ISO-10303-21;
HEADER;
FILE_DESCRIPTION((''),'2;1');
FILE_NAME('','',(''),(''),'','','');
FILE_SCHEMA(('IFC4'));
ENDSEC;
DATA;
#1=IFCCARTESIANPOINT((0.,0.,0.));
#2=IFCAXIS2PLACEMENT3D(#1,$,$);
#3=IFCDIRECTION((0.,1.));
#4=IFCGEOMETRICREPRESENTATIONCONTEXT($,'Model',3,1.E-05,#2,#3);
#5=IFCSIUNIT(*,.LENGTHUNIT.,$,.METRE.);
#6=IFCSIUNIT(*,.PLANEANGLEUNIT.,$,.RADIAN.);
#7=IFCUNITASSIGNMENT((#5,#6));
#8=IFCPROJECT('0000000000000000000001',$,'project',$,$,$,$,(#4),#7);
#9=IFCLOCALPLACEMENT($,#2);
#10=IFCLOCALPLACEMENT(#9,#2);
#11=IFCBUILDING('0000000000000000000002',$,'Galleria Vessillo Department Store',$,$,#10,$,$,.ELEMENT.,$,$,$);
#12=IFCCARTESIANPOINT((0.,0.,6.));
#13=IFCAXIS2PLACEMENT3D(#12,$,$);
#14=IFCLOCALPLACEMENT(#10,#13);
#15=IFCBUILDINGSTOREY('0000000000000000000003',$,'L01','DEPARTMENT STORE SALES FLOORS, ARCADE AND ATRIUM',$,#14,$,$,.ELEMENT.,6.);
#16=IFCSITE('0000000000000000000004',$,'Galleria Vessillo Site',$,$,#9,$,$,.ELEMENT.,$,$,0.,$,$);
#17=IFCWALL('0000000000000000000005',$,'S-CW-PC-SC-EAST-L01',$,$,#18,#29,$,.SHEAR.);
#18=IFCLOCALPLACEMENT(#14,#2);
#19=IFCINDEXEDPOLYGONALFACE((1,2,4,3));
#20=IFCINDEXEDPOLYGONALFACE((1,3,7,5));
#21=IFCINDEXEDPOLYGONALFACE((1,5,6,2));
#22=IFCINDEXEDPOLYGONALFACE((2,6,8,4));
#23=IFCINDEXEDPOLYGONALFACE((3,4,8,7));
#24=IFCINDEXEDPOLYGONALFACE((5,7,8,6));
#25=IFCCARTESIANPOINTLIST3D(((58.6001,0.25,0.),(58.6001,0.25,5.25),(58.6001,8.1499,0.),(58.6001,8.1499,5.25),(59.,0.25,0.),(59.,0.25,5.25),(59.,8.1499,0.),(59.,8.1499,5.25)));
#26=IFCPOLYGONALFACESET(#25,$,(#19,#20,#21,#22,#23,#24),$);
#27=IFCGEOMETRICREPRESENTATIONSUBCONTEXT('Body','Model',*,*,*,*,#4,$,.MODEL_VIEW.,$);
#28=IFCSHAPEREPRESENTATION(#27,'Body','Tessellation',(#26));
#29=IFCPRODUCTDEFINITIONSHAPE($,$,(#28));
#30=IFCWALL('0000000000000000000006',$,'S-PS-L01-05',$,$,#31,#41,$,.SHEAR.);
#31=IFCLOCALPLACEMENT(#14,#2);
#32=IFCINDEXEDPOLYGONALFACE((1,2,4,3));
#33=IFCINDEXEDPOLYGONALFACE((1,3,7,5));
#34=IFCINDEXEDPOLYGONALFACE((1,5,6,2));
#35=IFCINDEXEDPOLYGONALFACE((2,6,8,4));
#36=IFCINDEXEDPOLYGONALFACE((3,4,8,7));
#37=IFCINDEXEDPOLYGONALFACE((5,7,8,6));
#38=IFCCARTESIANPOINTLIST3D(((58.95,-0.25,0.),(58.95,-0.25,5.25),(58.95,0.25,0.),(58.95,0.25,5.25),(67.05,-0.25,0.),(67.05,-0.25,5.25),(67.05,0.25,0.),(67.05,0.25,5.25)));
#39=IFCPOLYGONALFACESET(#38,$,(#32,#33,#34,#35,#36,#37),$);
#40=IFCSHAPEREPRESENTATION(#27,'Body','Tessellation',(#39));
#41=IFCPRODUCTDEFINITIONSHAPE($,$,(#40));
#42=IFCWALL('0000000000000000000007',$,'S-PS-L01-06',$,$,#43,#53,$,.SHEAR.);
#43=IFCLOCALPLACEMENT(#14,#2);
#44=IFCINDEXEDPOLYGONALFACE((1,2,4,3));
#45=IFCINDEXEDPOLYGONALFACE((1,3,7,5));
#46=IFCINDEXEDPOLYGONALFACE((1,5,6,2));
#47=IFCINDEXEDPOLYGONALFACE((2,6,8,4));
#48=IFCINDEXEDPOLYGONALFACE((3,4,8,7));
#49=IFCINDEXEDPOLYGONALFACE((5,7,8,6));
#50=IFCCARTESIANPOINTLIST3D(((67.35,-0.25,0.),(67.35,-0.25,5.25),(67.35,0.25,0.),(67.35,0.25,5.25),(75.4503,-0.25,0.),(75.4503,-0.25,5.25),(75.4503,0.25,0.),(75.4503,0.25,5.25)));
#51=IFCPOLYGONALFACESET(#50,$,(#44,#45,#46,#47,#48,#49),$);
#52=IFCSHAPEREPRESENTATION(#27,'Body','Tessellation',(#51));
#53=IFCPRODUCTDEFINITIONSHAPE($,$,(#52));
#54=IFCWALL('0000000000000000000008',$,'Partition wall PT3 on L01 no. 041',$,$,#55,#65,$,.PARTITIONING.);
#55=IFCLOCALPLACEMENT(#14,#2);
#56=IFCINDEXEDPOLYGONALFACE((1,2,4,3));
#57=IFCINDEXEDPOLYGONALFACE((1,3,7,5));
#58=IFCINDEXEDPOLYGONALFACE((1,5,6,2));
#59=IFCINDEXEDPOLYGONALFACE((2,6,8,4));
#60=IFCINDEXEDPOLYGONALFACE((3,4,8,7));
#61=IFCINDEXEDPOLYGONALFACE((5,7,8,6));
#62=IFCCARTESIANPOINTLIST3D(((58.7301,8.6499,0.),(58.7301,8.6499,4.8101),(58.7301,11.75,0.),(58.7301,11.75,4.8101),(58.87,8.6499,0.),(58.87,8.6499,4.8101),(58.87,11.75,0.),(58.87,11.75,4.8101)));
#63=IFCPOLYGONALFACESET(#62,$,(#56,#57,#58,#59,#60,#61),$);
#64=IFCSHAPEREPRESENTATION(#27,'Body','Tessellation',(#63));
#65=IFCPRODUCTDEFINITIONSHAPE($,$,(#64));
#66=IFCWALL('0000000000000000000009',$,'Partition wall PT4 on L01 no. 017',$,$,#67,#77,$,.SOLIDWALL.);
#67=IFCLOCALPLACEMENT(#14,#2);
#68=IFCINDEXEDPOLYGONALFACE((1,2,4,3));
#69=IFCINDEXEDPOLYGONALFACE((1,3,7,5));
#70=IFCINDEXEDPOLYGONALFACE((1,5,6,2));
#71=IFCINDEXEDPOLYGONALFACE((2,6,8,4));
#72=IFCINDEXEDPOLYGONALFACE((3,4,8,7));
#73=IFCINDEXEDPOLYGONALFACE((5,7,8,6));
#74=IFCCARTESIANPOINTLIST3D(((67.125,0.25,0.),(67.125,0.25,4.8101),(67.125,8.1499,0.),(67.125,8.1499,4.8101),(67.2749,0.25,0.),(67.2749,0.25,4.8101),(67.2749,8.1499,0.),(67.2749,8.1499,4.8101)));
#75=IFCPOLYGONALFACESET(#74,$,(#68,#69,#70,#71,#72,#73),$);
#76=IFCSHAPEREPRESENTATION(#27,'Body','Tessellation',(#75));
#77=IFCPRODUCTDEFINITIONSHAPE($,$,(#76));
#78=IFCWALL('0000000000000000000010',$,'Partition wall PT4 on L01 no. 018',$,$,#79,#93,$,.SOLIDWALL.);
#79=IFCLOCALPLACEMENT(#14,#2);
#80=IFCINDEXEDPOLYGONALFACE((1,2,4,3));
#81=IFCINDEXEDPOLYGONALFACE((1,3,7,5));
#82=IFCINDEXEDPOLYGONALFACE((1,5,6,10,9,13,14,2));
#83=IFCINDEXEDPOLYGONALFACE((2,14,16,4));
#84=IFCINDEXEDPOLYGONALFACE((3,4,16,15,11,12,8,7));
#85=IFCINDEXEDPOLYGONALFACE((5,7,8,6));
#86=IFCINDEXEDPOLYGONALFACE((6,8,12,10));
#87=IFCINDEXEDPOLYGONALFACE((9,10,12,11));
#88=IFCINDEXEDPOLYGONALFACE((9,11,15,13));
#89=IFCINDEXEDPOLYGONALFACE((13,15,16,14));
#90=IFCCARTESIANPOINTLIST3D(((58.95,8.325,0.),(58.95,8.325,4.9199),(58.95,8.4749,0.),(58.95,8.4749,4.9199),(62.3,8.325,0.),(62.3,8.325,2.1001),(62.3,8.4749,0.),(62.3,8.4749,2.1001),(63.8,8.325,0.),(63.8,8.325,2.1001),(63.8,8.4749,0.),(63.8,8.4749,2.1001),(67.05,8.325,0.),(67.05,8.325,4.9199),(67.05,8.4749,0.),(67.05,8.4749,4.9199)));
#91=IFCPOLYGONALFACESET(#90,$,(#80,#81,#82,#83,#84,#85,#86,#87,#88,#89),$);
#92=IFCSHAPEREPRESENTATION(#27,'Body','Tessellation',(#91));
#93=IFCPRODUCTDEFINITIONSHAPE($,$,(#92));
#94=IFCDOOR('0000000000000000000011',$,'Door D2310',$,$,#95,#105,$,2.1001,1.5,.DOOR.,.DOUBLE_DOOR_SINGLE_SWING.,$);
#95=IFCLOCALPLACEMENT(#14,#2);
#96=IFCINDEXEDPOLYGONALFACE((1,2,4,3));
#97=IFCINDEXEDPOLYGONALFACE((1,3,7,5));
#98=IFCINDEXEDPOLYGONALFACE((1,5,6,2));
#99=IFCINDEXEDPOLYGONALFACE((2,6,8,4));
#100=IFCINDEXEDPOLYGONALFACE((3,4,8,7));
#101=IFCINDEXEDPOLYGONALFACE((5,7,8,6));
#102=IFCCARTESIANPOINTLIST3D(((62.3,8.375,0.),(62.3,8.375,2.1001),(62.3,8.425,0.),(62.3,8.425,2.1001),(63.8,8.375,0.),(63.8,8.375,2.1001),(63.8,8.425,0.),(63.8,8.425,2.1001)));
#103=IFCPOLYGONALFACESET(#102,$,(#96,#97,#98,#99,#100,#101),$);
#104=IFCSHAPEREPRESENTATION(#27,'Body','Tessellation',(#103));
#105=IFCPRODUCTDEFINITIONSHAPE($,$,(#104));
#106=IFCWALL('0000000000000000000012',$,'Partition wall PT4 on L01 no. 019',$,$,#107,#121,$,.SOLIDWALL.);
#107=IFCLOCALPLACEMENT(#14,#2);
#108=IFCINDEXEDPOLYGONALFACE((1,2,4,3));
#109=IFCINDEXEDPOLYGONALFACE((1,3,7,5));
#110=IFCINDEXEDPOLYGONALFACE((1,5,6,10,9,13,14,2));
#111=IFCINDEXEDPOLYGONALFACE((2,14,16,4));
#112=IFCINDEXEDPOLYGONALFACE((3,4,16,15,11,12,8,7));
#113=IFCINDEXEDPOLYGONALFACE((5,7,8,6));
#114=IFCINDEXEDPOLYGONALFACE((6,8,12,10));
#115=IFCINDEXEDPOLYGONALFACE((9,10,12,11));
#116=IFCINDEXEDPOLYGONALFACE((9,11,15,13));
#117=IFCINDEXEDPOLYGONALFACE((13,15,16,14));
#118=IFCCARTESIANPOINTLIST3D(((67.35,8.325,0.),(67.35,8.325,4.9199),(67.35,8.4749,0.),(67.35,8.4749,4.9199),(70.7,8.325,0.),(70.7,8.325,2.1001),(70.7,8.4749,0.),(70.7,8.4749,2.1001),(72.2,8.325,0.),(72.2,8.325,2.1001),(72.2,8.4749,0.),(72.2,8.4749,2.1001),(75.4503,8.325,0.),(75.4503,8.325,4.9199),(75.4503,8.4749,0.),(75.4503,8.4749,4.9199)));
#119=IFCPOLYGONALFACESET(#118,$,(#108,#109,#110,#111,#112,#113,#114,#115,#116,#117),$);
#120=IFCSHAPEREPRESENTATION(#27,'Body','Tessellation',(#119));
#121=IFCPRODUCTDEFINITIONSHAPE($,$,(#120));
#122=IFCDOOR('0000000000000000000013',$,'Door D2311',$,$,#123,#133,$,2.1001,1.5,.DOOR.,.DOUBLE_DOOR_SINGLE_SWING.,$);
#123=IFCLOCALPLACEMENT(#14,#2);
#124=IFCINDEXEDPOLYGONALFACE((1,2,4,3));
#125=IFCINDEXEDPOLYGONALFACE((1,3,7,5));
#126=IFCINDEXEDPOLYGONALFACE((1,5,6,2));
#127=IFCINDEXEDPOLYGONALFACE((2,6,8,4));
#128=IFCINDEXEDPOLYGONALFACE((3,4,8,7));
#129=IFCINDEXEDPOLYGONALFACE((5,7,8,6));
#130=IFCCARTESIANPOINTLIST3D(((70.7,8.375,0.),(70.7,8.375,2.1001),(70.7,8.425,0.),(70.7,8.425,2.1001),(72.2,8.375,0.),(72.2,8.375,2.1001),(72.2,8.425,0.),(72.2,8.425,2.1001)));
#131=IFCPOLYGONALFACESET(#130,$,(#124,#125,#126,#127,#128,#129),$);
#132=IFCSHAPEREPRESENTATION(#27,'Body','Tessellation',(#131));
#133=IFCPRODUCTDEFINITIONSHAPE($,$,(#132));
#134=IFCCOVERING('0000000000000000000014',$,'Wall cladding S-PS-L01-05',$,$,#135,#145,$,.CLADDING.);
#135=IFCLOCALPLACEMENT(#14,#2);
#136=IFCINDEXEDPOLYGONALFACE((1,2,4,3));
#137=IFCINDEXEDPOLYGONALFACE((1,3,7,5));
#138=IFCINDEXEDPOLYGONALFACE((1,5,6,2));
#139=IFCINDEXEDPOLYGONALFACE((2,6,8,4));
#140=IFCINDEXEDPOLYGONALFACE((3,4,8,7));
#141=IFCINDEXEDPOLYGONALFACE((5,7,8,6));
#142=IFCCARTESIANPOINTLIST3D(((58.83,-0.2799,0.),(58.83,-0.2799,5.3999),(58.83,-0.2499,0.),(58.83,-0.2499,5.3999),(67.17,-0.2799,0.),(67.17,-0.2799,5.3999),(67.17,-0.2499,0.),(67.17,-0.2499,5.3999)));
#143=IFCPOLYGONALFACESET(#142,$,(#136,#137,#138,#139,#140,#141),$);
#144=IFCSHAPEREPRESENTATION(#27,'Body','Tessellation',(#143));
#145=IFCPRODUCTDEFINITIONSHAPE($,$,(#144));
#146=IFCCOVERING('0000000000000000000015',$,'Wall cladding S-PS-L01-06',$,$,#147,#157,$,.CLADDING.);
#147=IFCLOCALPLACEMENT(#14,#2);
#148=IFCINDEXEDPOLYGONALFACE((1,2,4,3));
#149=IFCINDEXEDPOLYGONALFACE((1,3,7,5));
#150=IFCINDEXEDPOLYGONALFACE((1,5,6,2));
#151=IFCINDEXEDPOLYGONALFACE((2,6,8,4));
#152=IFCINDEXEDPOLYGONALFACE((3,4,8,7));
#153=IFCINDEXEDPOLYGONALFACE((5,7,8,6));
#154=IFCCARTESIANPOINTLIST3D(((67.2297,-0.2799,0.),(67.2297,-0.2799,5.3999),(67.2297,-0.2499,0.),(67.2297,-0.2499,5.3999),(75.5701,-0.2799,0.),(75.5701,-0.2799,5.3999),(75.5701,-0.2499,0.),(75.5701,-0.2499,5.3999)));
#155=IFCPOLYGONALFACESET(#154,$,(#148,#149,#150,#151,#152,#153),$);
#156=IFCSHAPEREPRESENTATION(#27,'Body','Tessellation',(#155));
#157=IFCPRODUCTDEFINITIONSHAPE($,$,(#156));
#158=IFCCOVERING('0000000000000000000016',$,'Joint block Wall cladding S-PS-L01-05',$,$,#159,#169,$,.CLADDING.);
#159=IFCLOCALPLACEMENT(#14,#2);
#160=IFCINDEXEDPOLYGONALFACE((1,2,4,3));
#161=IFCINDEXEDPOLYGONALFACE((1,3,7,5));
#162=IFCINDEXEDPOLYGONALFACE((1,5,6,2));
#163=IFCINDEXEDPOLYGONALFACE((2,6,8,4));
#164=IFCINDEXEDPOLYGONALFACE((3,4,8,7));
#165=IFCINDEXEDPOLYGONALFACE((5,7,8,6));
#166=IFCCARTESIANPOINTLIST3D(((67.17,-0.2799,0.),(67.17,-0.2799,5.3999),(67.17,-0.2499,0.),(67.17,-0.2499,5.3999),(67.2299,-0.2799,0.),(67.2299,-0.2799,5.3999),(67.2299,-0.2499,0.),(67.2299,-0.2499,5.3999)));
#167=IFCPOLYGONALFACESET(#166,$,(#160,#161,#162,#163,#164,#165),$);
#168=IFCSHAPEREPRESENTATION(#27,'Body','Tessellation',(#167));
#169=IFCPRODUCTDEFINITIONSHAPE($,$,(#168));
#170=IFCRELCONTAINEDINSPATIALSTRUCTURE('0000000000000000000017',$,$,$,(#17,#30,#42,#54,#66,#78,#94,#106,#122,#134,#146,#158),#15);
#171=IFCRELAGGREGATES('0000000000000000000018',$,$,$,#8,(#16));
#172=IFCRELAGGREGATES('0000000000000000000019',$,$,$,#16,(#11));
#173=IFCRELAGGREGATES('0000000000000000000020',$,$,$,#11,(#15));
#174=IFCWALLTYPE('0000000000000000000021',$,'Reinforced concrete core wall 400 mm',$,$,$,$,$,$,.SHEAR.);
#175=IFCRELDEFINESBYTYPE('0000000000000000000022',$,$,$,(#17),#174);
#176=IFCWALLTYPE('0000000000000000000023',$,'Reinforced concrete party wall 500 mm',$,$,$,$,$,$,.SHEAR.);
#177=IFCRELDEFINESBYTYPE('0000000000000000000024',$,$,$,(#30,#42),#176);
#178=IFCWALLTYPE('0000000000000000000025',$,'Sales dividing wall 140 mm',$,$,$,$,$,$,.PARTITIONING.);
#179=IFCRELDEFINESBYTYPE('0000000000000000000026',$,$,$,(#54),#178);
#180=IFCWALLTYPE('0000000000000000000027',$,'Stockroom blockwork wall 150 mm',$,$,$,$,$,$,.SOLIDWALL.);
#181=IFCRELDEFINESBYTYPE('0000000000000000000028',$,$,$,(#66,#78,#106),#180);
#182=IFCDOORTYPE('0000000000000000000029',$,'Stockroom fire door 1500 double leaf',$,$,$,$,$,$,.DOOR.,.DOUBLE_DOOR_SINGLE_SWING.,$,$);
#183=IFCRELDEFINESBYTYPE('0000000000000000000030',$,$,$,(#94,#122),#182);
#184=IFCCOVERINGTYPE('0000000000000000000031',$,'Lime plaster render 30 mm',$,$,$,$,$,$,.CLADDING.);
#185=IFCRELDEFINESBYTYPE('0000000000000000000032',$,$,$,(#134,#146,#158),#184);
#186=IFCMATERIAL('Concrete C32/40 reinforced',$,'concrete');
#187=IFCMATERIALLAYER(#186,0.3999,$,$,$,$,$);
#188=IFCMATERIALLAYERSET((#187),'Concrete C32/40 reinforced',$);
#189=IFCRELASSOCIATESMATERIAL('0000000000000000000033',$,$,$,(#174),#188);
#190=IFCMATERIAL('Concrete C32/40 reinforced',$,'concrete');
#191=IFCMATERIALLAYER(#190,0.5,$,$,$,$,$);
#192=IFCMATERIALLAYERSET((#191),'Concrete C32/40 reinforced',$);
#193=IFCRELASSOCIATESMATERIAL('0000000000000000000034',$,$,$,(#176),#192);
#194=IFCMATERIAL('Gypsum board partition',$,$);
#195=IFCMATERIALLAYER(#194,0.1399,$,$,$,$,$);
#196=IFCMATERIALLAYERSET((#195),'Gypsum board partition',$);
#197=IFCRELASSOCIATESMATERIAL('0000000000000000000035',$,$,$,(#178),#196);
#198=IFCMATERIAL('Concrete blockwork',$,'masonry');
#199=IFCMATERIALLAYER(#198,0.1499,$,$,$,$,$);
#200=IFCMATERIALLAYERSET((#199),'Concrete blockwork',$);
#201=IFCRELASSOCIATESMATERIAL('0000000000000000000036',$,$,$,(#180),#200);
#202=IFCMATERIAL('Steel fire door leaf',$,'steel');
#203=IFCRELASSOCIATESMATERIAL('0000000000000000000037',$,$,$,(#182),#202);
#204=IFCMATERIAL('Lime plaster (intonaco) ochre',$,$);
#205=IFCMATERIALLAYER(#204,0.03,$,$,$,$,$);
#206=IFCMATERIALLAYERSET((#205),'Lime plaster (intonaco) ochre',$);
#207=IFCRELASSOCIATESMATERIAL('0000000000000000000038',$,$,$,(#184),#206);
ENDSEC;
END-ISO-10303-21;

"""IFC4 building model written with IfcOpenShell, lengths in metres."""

from ifc_helpers import new_model, si_unit, direction, frame, frame_2d, origin, origin_2d, place, context, subcontext, project, spatial, rectangle, extrude, material, layer, layer_set, type_object, element, fill, save


model = new_model("IFC4")

# Units and contexts
model_context = context("Model", 3, precision=1e-05, world=origin(), true_north=direction((0.0, 1.0)))
body_context = subcontext(model_context, "Body", "Model", "MODEL_VIEW")
ifc_project = project(units=[si_unit("LENGTHUNIT", "METRE"), si_unit("PLANEANGLEUNIT", "RADIAN")], contexts=[model_context])

# Site, building, storey
site_placement = place(None, origin())
site = spatial("IfcSite", under=ifc_project, at=site_placement, Name="Galleria Vessillo Site", CompositionType="ELEMENT", RefElevation=0.0)
building_placement = place(site_placement, origin())
building = spatial("IfcBuilding", under=site, at=building_placement, Name="Galleria Vessillo Department Store", CompositionType="ELEMENT")
storey_placement = place(building_placement, frame((0.0, 0.0, 6.0)))
storey = spatial("IfcBuildingStorey", under=building, at=storey_placement, Name="L01", Description="DEPARTMENT STORE SALES FLOORS, ARCADE AND ATRIUM", CompositionType="ELEMENT", Elevation=6.0)

# Walls
ifc_material_1 = material(Name="Concrete C32/40 reinforced", Category="concrete")
ifc_layer_1 = layer(ifc_material_1, 0.3999)
ifc_layer_set_1 = layer_set([ifc_layer_1], Name="Concrete C32/40 reinforced")
wall_type_1 = type_object("IfcWallType", Name="Reinforced concrete core wall 400 mm", PredefinedType="SHEAR", material=ifc_layer_set_1)
wall_1_placement = place(storey_placement, frame((58.8, 0.25, 0.0), z_axis=(0.0, 0.0, 1.0), x_axis=(0.0, 1.0, 0.0)))
element("IfcWall", 1, at=wall_1_placement, inside=storey, type_object=wall_type_1, Name="S-CW-PC-SC-EAST-L01", PredefinedType="SHEAR", context=body_context, shape_type="SweptSolid", body=[
    extrude(rectangle(XDim=7.8999, YDim=0.3999, at=frame_2d((3.95, 0.0))), origin(), (0.0, 0.0, 1.0), 5.25),
])
ifc_material_2 = material(Name="Concrete C32/40 reinforced", Category="concrete")
ifc_layer_2 = layer(ifc_material_2, 0.5)
ifc_layer_set_2 = layer_set([ifc_layer_2], Name="Concrete C32/40 reinforced")
wall_type_2 = type_object("IfcWallType", Name="Reinforced concrete party wall 500 mm", PredefinedType="SHEAR", material=ifc_layer_set_2)
wall_2_placement = place(storey_placement, frame((58.95, 0.0, 0.0), z_axis=(0.0, 0.0, 1.0), x_axis=(1.0, 0.0, 0.0)))
element("IfcWall", 2, at=wall_2_placement, inside=storey, type_object=wall_type_2, Name="S-PS-L01-05", PredefinedType="SHEAR", context=body_context, shape_type="SweptSolid", body=[
    extrude(rectangle(XDim=8.1001, YDim=0.5, at=frame_2d((4.05, 0.0))), origin(), (0.0, 0.0, 1.0), 5.25),
])
wall_3_placement = place(storey_placement, frame((67.3499, 0.0, 0.0), z_axis=(0.0, 0.0, 1.0), x_axis=(1.0, 0.0, 0.0)))
element("IfcWall", 3, at=wall_3_placement, inside=storey, type_object=wall_type_2, Name="S-PS-L01-06", PredefinedType="SHEAR", context=body_context, shape_type="SweptSolid", body=[
    extrude(rectangle(XDim=8.1003, YDim=0.5, at=frame_2d((4.0503, 0.0))), origin(), (0.0, 0.0, 1.0), 5.25),
])
ifc_material_3 = material(Name="Gypsum board partition")
ifc_layer_3 = layer(ifc_material_3, 0.1399)
ifc_layer_set_3 = layer_set([ifc_layer_3], Name="Gypsum board partition")
wall_type_3 = type_object("IfcWallType", Name="Sales dividing wall 140 mm", PredefinedType="PARTITIONING", material=ifc_layer_set_3)
wall_4_placement = place(storey_placement, frame((58.8, 8.6499, 0.0), z_axis=(0.0, 0.0, 1.0), x_axis=(0.0, 1.0, 0.0)))
element("IfcWall", 4, at=wall_4_placement, inside=storey, type_object=wall_type_3, Name="Partition wall PT3 on L01 no. 041", PredefinedType="PARTITIONING", context=body_context, shape_type="SweptSolid", body=[
    extrude(rectangle(XDim=3.1001, YDim=0.1399, at=frame_2d((1.55, 0.0))), origin(), (0.0, 0.0, 1.0), 4.8101),
])
ifc_material_4 = material(Name="Concrete blockwork", Category="masonry")
ifc_layer_4 = layer(ifc_material_4, 0.1499)
ifc_layer_set_4 = layer_set([ifc_layer_4], Name="Concrete blockwork")
wall_type_4 = type_object("IfcWallType", Name="Stockroom blockwork wall 150 mm", PredefinedType="SOLIDWALL", material=ifc_layer_set_4)
wall_5_placement = place(storey_placement, frame((67.2, 0.25, 0.0), z_axis=(0.0, 0.0, 1.0), x_axis=(0.0, 1.0, 0.0)))
element("IfcWall", 5, at=wall_5_placement, inside=storey, type_object=wall_type_4, Name="Partition wall PT4 on L01 no. 017", PredefinedType="SOLIDWALL", context=body_context, shape_type="SweptSolid", body=[
    extrude(rectangle(XDim=7.8999, YDim=0.1499, at=frame_2d((3.95, 0.0))), origin(), (0.0, 0.0, 1.0), 4.8101),
])

# Walls, openings, doors
wall_6_placement = place(storey_placement, frame((58.95, 8.3999, 0.0), z_axis=(0.0, 0.0, 1.0), x_axis=(1.0, 0.0, 0.0)))
wall_6 = element("IfcWall", 6, at=wall_6_placement, inside=storey, type_object=wall_type_4, Name="Partition wall PT4 on L01 no. 018", PredefinedType="SOLIDWALL", context=body_context, shape_type="SweptSolid", body=[
    extrude(rectangle(XDim=8.1001, YDim=0.1499, at=frame_2d((4.05, 0.0))), origin(), (0.0, 0.0, 1.0), 4.9199),
])
opening_1_placement = place(wall_6_placement, frame((3.3501, 0.0, 0.0)))
opening_1 = element("IfcOpeningElement", 7, at=opening_1_placement, cuts=wall_6, PredefinedType="OPENING", context=body_context, shape_type="SweptSolid", body=[
    extrude(rectangle(XDim=1.5, YDim=2.1001, at=frame_2d((0.75, 1.05))), frame((0.0, 0.085, 0.0), z_axis=(0.0, -1.0, 0.0), x_axis=(1.0, 0.0, 0.0)), (0.0, 0.0, 1.0), 0.1699),
])
ifc_material_5 = material(Name="Steel fire door leaf", Category="steel")
door_type = type_object("IfcDoorType", Name="Stockroom fire door 1500 double leaf", OperationType="DOUBLE_DOOR_SINGLE_SWING", PredefinedType="DOOR", material=ifc_material_5)
door_1_placement = place(opening_1_placement, frame((1.5, 0.0, 0.0), z_axis=(0.0, 0.0, 1.0), x_axis=(-1.0, 0.0, 0.0)))
door_1 = element("IfcDoor", 8, at=door_1_placement, inside=storey, type_object=door_type, Name="Door D2310", OperationType="DOUBLE_DOOR_SINGLE_SWING", OverallHeight=2.1001, OverallWidth=1.5, PredefinedType="DOOR", context=body_context, shape_type="SweptSolid", body=[
    extrude(rectangle(XDim=1.5, YDim=2.1001, at=frame_2d((0.75, 1.05))), frame((0.0, 0.0249, 0.0), z_axis=(0.0, -1.0, 0.0), x_axis=(1.0, 0.0, 0.0)), (0.0, 0.0, 1.0), 0.05),
])
fill(opening_1, door_1)
wall_7_placement = place(storey_placement, frame((67.3499, 8.3999, 0.0), z_axis=(0.0, 0.0, 1.0), x_axis=(1.0, 0.0, 0.0)))
wall_7 = element("IfcWall", 9, at=wall_7_placement, inside=storey, type_object=wall_type_4, Name="Partition wall PT4 on L01 no. 019", PredefinedType="SOLIDWALL", context=body_context, shape_type="SweptSolid", body=[
    extrude(rectangle(XDim=8.1003, YDim=0.1499, at=frame_2d((4.0503, 0.0))), origin(), (0.0, 0.0, 1.0), 4.9199),
])
opening_2_placement = place(wall_7_placement, frame((3.3501, 0.0, 0.0)))
opening_2 = element("IfcOpeningElement", 10, at=opening_2_placement, cuts=wall_7, PredefinedType="OPENING", context=body_context, shape_type="SweptSolid", body=[
    extrude(rectangle(XDim=1.5, YDim=2.1001, at=frame_2d((0.75, 1.05))), frame((0.0, 0.085, 0.0), z_axis=(0.0, -1.0, 0.0), x_axis=(1.0, 0.0, 0.0)), (0.0, 0.0, 1.0), 0.1699),
])
door_2_placement = place(opening_2_placement, frame((1.5, 0.0, 0.0), z_axis=(0.0, 0.0, 1.0), x_axis=(-1.0, 0.0, 0.0)))
door_2 = element("IfcDoor", 11, at=door_2_placement, inside=storey, type_object=door_type, Name="Door D2311", OperationType="DOUBLE_DOOR_SINGLE_SWING", OverallHeight=2.1001, OverallWidth=1.5, PredefinedType="DOOR", context=body_context, shape_type="SweptSolid", body=[
    extrude(rectangle(XDim=1.5, YDim=2.1001, at=frame_2d((0.75, 1.05))), frame((0.0, 0.0249, 0.0), z_axis=(0.0, -1.0, 0.0), x_axis=(1.0, 0.0, 0.0)), (0.0, 0.0, 1.0), 0.05),
])
fill(opening_2, door_2)

# Coverings
ifc_material_6 = material(Name="Lime plaster (intonaco) ochre")
ifc_layer_5 = layer(ifc_material_6, 0.03)
ifc_layer_set_5 = layer_set([ifc_layer_5], Name="Lime plaster (intonaco) ochre")
covering_type = type_object("IfcCoveringType", Name="Lime plaster render 30 mm", PredefinedType="CLADDING", material=ifc_layer_set_5)
covering_1_placement = place(storey_placement, frame((63.0, -0.2649, 0.0), z_axis=(0.0, 0.0, 1.0), x_axis=(1.0, 0.0, 0.0)))
element("IfcCovering", 12, at=covering_1_placement, inside=storey, type_object=covering_type, Name="Wall cladding S-PS-L01-05", PredefinedType="CLADDING", context=body_context, shape_type="SweptSolid", body=[
    extrude(rectangle(XDim=8.3401, YDim=0.03, at=origin_2d()), origin(), (0.0, 0.0, 1.0), 5.3999),
])
covering_2_placement = place(storey_placement, frame((71.3999, -0.2649, 0.0), z_axis=(0.0, 0.0, 1.0), x_axis=(1.0, 0.0, 0.0)))
element("IfcCovering", 13, at=covering_2_placement, inside=storey, type_object=covering_type, Name="Wall cladding S-PS-L01-06", PredefinedType="CLADDING", context=body_context, shape_type="SweptSolid", body=[
    extrude(rectangle(XDim=8.3403, YDim=0.03, at=origin_2d()), origin(), (0.0, 0.0, 1.0), 5.3999),
])
covering_3_placement = place(storey_placement, frame((67.2, -0.2649, 0.0), z_axis=(0.0, 0.0, 1.0), x_axis=(1.0, 0.0, 0.0)))
element("IfcCovering", 14, at=covering_3_placement, inside=storey, type_object=covering_type, Name="Joint block Wall cladding S-PS-L01-05", PredefinedType="CLADDING", context=body_context, shape_type="SweptSolid", body=[
    extrude(rectangle(XDim=0.0598, YDim=0.03, at=origin_2d()), origin(), (0.0, 0.0, 1.0), 5.3999),
])

save(model, "model.ifc")
